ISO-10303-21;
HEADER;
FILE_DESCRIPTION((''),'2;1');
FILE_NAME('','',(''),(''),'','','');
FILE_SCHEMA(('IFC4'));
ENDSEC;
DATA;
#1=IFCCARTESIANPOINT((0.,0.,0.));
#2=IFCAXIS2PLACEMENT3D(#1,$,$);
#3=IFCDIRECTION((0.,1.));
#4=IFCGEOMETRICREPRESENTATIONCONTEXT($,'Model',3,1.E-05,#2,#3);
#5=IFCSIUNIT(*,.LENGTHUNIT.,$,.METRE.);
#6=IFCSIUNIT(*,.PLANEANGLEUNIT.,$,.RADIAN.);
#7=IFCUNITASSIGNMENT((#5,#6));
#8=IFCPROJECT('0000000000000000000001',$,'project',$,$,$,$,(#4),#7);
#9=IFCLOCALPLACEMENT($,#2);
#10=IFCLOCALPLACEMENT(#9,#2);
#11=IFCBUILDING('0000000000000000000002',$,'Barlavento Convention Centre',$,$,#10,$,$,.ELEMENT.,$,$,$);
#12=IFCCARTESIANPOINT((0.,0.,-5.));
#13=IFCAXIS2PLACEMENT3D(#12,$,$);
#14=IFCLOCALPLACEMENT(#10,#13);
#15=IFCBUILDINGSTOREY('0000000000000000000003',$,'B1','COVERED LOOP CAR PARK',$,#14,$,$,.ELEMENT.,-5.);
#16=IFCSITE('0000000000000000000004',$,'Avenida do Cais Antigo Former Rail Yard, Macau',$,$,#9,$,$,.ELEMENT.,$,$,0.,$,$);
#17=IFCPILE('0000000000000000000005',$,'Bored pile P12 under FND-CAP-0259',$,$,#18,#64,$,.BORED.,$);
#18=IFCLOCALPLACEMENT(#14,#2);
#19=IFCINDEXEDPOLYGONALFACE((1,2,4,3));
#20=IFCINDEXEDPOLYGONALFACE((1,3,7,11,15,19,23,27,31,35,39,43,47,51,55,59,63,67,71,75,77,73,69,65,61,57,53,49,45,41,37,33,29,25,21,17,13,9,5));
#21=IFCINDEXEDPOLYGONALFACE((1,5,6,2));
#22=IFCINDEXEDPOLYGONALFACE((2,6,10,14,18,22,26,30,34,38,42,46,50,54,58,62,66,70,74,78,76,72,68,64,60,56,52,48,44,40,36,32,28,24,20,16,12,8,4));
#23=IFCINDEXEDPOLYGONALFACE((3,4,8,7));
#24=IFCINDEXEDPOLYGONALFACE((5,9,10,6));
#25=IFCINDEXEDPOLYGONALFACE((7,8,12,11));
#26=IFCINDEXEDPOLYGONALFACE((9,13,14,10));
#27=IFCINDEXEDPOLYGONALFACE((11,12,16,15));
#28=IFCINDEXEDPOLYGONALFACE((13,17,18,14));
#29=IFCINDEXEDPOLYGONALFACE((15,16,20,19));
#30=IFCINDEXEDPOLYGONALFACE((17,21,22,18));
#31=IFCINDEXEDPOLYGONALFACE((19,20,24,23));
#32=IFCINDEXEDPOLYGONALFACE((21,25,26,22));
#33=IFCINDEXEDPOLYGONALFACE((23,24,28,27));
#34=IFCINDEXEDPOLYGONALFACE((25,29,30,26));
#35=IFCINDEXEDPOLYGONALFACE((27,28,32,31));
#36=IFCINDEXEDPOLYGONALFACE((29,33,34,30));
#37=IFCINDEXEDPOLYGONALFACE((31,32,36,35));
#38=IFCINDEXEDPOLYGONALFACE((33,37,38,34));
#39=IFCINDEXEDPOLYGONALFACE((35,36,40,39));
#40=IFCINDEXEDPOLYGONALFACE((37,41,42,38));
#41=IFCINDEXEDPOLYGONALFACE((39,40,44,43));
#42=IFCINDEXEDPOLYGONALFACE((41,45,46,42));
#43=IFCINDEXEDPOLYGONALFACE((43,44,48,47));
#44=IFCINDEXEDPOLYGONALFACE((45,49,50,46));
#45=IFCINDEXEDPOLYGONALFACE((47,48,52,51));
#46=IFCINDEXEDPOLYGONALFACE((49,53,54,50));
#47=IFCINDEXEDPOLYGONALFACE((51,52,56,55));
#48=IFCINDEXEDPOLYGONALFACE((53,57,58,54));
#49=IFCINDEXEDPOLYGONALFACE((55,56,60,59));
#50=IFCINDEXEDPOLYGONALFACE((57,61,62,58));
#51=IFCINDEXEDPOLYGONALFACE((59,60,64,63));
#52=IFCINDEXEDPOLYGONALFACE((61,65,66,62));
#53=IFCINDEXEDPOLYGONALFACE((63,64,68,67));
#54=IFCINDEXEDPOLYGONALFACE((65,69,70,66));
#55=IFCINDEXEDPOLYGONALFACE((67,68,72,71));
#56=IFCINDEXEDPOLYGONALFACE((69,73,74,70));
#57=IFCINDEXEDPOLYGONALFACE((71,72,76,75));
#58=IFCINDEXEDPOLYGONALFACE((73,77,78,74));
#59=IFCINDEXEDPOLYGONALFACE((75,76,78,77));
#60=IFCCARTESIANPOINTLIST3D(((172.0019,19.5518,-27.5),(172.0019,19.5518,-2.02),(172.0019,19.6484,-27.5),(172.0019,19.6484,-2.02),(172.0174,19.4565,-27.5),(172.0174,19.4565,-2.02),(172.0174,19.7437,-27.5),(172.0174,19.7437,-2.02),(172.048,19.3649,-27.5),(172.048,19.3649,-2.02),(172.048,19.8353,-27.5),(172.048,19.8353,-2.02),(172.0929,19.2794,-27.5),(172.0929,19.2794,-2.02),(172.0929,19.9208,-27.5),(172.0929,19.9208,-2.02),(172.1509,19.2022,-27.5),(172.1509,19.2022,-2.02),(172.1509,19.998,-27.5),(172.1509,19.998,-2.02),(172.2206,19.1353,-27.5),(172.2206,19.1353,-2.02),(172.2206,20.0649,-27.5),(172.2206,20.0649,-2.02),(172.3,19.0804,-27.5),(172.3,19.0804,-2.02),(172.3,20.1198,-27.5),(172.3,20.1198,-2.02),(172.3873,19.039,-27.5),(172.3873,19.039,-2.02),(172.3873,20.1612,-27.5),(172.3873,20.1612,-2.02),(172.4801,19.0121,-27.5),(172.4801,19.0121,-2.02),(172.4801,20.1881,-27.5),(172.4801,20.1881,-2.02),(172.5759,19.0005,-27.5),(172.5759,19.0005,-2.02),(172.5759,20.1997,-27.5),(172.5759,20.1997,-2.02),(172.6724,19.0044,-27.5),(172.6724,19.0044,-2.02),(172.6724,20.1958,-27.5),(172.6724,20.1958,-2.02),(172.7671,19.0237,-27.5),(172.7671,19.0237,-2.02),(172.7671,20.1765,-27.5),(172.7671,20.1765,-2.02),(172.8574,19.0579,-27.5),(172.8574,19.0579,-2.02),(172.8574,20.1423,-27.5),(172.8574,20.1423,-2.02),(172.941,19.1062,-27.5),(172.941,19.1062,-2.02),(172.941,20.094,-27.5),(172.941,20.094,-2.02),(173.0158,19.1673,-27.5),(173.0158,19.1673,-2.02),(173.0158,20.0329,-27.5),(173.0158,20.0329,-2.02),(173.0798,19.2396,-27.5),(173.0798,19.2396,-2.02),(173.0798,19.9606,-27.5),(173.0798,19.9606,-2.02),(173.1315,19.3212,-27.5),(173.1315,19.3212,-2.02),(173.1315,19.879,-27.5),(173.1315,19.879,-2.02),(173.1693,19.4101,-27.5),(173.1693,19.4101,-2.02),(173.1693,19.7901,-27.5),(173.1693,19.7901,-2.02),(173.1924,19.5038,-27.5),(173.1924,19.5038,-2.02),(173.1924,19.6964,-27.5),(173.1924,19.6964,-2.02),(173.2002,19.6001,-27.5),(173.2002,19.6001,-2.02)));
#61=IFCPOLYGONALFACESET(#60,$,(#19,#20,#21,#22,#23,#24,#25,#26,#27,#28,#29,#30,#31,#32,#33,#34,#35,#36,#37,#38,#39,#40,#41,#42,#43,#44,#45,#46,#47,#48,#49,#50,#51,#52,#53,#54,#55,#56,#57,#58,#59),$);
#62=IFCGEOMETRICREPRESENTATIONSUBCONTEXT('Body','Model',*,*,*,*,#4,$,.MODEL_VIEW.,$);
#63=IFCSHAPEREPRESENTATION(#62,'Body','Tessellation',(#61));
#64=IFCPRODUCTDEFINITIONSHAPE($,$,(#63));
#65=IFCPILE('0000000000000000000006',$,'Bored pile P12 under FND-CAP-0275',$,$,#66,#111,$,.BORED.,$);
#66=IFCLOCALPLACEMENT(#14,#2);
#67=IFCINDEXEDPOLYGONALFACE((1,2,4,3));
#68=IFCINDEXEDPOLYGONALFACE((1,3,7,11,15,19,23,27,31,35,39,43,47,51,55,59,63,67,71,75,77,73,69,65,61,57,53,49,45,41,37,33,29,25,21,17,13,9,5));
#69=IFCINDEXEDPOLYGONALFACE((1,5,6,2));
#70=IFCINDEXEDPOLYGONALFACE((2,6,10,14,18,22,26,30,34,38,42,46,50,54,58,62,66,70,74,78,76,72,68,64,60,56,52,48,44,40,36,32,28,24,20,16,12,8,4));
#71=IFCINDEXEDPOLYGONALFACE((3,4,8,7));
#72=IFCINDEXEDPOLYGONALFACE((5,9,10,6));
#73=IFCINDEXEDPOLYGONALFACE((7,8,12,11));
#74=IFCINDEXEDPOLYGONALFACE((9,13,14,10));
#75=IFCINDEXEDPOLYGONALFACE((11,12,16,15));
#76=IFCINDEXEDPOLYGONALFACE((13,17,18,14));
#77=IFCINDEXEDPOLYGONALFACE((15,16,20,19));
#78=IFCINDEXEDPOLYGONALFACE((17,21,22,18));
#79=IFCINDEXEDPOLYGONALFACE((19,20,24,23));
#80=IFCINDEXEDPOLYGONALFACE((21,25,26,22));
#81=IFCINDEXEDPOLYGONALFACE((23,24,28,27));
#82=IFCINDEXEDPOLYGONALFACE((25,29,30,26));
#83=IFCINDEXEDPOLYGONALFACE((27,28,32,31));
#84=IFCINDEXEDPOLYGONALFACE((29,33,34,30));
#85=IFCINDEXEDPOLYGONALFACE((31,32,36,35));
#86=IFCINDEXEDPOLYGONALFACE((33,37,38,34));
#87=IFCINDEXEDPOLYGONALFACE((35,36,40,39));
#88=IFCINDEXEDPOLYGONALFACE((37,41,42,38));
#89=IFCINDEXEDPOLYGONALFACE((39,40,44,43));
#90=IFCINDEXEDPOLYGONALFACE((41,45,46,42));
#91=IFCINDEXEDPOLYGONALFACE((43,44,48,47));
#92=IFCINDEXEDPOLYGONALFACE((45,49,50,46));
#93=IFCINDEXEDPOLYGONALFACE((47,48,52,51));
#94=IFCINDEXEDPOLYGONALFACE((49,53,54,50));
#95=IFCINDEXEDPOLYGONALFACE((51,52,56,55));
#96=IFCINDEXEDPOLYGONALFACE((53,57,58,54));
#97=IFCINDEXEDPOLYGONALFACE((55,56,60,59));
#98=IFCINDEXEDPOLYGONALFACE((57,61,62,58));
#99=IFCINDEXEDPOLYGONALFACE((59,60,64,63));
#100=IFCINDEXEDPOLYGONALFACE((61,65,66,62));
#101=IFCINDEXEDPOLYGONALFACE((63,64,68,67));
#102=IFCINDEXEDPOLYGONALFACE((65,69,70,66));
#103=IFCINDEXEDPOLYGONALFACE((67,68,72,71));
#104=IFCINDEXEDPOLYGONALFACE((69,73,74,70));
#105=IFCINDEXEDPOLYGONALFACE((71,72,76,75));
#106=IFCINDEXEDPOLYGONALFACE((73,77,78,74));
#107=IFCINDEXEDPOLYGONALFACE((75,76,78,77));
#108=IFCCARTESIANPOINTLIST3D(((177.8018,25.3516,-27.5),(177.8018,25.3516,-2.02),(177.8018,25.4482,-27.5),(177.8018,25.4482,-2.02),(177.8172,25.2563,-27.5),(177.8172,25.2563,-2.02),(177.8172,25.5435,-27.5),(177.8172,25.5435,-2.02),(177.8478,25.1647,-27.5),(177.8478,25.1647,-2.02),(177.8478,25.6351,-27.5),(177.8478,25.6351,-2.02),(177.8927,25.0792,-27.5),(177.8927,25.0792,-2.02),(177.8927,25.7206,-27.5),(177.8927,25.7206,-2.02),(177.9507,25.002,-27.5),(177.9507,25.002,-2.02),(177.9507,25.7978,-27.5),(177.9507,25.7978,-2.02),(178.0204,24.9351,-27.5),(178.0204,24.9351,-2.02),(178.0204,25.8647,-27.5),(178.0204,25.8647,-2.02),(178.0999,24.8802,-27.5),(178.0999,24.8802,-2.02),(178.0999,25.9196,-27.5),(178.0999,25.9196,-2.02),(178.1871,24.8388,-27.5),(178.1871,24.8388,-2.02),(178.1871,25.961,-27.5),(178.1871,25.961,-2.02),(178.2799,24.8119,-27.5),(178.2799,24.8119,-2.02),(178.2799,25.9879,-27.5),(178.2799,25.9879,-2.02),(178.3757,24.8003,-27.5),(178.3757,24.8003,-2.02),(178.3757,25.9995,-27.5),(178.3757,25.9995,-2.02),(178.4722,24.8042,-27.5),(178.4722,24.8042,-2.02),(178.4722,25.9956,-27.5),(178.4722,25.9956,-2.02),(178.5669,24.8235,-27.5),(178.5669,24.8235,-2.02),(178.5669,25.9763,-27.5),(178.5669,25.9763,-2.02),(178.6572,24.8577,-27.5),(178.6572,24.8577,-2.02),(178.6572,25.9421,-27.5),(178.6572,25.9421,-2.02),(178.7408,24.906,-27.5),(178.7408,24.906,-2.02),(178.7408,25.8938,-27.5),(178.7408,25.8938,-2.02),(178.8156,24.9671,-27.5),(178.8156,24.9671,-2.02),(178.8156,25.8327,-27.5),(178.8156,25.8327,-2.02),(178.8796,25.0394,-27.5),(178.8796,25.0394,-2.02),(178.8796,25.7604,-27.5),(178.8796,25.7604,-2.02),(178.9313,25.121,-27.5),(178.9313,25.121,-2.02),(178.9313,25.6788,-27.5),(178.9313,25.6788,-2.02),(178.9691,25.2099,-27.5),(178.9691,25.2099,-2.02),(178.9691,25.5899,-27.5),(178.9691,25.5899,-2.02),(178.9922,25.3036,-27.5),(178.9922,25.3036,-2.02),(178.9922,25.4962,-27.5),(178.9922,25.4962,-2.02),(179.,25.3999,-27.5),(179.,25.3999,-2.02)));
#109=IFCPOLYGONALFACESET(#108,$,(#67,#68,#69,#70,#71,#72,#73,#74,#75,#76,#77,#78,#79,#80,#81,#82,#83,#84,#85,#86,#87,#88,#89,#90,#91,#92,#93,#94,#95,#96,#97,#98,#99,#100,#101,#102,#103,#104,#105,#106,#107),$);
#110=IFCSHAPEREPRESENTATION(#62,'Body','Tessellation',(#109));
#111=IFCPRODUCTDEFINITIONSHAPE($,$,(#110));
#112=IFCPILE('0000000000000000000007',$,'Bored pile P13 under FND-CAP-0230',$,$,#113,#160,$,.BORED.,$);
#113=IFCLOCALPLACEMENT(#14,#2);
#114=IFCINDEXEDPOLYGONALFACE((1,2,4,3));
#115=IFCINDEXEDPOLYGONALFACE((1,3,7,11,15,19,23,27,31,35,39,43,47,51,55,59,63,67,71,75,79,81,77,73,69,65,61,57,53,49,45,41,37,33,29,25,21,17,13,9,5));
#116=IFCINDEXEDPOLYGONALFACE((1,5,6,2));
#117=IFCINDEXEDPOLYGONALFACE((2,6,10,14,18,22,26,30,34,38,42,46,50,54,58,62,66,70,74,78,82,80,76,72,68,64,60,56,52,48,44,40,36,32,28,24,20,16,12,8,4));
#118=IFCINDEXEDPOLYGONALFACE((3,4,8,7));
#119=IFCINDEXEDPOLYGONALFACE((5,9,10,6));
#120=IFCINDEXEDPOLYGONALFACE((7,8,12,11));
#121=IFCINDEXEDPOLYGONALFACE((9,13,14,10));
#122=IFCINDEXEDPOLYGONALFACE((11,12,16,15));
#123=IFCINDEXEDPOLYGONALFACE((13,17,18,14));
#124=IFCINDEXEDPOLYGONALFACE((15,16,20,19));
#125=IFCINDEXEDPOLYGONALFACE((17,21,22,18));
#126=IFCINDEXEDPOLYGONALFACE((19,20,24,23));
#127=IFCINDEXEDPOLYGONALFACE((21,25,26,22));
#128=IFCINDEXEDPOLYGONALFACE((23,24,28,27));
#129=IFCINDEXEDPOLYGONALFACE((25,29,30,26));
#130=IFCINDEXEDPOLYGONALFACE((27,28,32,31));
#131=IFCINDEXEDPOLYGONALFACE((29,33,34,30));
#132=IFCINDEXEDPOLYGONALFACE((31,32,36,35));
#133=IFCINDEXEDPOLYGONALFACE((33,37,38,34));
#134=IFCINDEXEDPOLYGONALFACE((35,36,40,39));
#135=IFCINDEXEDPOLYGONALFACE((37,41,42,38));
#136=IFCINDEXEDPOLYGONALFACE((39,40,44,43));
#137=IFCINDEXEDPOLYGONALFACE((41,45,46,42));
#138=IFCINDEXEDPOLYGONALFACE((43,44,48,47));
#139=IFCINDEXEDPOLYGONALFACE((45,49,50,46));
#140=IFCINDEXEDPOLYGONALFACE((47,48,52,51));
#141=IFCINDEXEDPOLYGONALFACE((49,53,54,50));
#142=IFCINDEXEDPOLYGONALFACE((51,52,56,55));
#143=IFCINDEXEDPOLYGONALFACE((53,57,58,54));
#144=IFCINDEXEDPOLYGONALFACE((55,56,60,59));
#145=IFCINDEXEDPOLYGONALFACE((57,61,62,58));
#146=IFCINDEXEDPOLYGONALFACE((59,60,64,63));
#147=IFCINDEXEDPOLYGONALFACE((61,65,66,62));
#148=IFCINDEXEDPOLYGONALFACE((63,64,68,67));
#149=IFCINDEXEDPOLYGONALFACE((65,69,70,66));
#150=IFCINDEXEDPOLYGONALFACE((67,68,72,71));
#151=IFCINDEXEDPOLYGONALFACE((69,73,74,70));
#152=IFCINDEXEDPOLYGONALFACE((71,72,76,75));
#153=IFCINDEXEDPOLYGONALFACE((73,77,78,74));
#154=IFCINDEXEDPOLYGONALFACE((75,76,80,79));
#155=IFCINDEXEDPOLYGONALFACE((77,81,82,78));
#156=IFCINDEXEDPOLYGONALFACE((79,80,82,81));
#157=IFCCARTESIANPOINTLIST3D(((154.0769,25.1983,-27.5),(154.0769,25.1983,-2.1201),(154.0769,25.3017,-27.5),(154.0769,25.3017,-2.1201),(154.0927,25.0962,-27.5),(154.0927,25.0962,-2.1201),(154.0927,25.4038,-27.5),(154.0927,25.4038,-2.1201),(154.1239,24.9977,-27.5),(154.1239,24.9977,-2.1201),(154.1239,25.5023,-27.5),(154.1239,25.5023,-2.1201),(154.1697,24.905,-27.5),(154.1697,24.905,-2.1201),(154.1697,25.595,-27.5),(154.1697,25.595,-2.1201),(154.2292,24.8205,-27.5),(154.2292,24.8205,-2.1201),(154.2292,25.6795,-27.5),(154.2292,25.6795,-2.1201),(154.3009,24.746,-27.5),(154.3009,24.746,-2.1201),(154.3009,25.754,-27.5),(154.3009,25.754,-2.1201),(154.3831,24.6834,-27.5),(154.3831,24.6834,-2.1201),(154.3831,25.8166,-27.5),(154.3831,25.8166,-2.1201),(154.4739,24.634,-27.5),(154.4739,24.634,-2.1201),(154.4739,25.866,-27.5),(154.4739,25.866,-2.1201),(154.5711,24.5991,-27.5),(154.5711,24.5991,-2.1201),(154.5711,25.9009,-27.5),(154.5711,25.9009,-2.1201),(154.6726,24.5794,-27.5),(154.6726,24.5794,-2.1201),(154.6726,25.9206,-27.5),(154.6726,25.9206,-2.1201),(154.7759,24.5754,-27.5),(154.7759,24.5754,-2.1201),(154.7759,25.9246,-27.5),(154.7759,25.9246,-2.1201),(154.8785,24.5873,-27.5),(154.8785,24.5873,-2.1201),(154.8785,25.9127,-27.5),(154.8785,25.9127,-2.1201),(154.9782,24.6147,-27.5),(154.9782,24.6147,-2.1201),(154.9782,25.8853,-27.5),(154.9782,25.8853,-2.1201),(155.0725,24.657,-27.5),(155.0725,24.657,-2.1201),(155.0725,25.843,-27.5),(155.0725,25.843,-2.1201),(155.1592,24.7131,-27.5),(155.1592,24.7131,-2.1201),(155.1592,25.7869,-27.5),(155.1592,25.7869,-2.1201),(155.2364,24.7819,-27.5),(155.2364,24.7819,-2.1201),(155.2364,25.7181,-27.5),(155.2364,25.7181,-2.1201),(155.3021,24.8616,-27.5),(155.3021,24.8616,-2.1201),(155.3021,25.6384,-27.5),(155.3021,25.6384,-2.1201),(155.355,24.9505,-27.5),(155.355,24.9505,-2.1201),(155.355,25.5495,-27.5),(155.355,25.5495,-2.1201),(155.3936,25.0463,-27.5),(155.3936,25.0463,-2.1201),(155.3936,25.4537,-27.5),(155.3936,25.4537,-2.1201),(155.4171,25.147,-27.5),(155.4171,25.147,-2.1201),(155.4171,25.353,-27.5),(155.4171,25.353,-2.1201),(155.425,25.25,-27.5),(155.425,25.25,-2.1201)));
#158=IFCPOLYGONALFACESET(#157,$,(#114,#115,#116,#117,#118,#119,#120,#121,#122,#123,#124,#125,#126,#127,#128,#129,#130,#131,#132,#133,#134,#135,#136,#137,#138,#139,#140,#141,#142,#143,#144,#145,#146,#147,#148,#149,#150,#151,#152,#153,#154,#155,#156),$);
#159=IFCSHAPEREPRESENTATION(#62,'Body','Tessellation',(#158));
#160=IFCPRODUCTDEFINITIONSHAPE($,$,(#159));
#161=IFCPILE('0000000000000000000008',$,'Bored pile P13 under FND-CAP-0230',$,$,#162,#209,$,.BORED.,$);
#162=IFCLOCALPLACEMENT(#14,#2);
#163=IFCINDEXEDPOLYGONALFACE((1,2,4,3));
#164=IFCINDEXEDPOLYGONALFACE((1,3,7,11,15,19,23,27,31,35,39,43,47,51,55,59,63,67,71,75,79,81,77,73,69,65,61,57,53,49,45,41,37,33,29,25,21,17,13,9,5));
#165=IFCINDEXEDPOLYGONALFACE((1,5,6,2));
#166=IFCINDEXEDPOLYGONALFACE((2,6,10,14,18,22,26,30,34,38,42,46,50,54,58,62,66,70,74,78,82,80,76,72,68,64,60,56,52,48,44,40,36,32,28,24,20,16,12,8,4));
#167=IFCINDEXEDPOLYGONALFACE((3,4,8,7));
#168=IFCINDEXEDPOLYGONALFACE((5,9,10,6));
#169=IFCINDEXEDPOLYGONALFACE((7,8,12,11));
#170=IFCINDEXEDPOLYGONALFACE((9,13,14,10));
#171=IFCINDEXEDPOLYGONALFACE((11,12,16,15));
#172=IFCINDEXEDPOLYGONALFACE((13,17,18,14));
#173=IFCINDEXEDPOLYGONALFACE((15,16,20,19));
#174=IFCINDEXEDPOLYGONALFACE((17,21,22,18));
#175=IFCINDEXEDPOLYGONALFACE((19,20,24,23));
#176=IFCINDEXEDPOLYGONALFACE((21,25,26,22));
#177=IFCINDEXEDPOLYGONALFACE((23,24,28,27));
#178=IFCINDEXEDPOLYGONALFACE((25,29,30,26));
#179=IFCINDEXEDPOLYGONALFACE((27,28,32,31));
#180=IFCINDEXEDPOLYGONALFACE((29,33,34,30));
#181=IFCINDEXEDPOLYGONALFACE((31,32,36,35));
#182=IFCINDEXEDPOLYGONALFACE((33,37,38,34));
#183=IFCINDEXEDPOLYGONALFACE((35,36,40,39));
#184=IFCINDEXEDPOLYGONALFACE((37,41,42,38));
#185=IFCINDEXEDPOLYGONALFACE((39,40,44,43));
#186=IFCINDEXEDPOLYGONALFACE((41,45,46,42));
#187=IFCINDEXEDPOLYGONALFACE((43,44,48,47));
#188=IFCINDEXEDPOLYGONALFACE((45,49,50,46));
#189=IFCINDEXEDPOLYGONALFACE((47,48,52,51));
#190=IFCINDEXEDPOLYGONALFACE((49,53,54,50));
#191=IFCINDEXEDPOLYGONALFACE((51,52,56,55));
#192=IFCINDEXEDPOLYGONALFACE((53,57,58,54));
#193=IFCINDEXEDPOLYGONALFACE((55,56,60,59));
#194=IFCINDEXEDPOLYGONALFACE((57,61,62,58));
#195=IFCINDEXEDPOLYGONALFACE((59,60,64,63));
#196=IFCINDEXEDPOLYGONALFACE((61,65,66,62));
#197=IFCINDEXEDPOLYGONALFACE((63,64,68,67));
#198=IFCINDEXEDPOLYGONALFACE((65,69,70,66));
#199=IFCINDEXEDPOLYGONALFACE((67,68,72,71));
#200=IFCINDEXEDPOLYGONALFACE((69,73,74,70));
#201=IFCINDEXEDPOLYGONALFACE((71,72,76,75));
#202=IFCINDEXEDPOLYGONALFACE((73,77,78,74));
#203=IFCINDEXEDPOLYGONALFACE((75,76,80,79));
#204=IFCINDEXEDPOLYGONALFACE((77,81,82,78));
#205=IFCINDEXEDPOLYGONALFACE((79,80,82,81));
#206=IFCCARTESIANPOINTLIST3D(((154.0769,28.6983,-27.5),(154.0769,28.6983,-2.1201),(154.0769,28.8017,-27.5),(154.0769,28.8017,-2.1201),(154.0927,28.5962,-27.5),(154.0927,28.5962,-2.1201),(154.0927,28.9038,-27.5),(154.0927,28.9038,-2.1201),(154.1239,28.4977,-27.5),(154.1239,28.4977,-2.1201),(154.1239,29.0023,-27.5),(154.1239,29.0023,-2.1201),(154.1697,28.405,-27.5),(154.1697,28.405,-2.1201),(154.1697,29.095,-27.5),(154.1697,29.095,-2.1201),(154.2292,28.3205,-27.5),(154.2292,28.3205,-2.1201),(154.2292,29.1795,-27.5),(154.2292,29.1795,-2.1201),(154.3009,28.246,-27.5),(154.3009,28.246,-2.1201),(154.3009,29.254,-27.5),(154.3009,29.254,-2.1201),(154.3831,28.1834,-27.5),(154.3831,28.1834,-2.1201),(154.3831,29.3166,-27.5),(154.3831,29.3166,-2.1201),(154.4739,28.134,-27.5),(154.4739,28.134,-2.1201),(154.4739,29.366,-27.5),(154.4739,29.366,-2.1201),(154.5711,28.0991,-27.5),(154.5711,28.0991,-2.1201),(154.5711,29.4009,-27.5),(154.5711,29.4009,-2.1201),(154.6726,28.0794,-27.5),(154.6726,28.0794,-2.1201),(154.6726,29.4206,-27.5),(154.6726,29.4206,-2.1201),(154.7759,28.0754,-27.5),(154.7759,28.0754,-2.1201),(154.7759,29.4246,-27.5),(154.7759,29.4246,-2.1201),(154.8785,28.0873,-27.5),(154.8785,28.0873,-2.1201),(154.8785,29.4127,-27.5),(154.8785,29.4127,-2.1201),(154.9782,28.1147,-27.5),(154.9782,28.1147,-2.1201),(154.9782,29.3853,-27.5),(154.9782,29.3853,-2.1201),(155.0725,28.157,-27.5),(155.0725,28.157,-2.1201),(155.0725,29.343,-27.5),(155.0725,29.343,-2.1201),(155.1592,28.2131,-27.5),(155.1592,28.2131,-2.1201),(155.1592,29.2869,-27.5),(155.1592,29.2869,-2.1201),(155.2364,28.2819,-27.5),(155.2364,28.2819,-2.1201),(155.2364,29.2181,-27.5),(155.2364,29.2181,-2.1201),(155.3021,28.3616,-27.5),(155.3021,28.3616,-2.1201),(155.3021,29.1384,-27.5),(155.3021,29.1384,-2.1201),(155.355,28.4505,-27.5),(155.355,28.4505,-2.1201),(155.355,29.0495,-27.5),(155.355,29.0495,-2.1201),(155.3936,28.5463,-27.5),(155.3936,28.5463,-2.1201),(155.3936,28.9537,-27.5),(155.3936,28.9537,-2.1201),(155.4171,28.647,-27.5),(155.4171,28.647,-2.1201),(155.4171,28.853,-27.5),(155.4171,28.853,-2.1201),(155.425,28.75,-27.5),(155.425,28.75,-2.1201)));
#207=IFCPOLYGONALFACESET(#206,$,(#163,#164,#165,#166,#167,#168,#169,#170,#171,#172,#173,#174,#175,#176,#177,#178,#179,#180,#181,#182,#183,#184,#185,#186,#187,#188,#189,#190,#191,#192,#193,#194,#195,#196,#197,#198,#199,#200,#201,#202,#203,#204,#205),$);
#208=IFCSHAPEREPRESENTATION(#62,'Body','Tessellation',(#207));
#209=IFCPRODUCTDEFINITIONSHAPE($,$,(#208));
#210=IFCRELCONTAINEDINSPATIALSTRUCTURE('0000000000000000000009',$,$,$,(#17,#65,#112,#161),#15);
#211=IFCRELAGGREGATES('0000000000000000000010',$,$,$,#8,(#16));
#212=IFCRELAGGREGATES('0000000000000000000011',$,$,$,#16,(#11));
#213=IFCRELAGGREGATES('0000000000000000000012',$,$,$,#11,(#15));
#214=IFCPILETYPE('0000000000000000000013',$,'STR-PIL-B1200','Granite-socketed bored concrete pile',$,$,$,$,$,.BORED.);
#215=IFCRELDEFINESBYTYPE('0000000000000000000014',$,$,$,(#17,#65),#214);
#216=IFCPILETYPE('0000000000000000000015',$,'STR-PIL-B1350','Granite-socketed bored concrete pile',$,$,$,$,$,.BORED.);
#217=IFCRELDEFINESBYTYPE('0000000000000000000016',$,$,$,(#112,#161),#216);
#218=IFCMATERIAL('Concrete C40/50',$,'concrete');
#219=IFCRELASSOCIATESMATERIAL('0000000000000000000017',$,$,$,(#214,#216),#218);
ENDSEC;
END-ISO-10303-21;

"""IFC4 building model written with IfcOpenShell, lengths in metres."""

from ifc_helpers import new_model, si_unit, direction, frame, origin, origin_2d, place, context, subcontext, project, spatial, circle, extrude, material, material_profile, profile_set, type_object, element, save


model = new_model("IFC4")

# Units and contexts
model_context = context("Model", 3, precision=1e-05, world=origin(), true_north=direction((0.0, 1.0)))
body_context = subcontext(model_context, "Body", "Model", "MODEL_VIEW")
ifc_project = project(units=[si_unit("LENGTHUNIT", "METRE"), si_unit("PLANEANGLEUNIT", "RADIAN")], contexts=[model_context])

# Site, building, storey
site_placement = place(None, origin())
site = spatial("IfcSite", under=ifc_project, at=site_placement, Name="Avenida do Cais Antigo Former Rail Yard, Macau", CompositionType="ELEMENT", RefElevation=0.0)
building_placement = place(site_placement, origin())
building = spatial("IfcBuilding", under=site, at=building_placement, Name="Barlavento Convention Centre", CompositionType="ELEMENT")
storey_placement = place(building_placement, frame((0.0, 0.0, -5.0)))
storey = spatial("IfcBuildingStorey", under=building, at=storey_placement, Name="B1", Description="COVERED LOOP CAR PARK", CompositionType="ELEMENT", Elevation=-5.0)

# Shared definitions
ifc_material_1 = material(Name="Concrete C40/50", Category="concrete")

# Piles
ifc_material_profile_1 = material_profile(ifc_material_1, circle(Radius=0.6001, at=origin_2d()), Name="BORED PILE 1200")
ifc_profile_set_1 = profile_set([ifc_material_profile_1], Name="Concrete C40/50")
pile_type_1 = type_object("IfcPileType", Name="STR-PIL-B1200", Description="Granite-socketed bored concrete pile", PredefinedType="BORED", material=ifc_profile_set_1)
for number, where, z_axis, x_axis, name in (
    (1, (172.6001, 19.6001, -2.02), (0.0, 0.0, -1.0), (1.0, 0.0, 0.0), "Bored pile P12 under FND-CAP-0259"),
    (2, (178.3999, 25.3999, -2.02), (0.0, 0.0, -1.0), (1.0, 0.0, 0.0), "Bored pile P12 under FND-CAP-0275"),
):
    element("IfcPile", number, at=place(storey_placement, frame(where, z_axis=z_axis, x_axis=x_axis)), inside=storey, type_object=pile_type_1, Name=name, PredefinedType="BORED", context=body_context, shape_type="SweptSolid", body=[
        extrude(circle(Radius=0.6001, at=origin_2d()), origin(), (0.0, 0.0, 1.0), 25.48),
    ])
ifc_material_profile_2 = material_profile(ifc_material_1, circle(Radius=0.675, at=origin_2d()), Name="BORED PILE 1350")
ifc_profile_set_2 = profile_set([ifc_material_profile_2], Name="Concrete C40/50")
pile_type_2 = type_object("IfcPileType", Name="STR-PIL-B1350", Description="Granite-socketed bored concrete pile", PredefinedType="BORED", material=ifc_profile_set_2)
for number, where, z_axis, x_axis, name in (
    (3, (154.75, 25.25, -2.1201), (0.0, 0.0, -1.0), (1.0, 0.0, 0.0), "Bored pile P13 under FND-CAP-0230"),
    (4, (154.75, 28.75, -2.1201), (0.0, 0.0, -1.0), (1.0, 0.0, 0.0), "Bored pile P13 under FND-CAP-0230"),
):
    element("IfcPile", number, at=place(storey_placement, frame(where, z_axis=z_axis, x_axis=x_axis)), inside=storey, type_object=pile_type_2, Name=name, PredefinedType="BORED", context=body_context, shape_type="SweptSolid", body=[
        extrude(circle(Radius=0.675, at=origin_2d()), origin(), (0.0, 0.0, 1.0), 25.3799),
    ])

save(model, "model.ifc")
